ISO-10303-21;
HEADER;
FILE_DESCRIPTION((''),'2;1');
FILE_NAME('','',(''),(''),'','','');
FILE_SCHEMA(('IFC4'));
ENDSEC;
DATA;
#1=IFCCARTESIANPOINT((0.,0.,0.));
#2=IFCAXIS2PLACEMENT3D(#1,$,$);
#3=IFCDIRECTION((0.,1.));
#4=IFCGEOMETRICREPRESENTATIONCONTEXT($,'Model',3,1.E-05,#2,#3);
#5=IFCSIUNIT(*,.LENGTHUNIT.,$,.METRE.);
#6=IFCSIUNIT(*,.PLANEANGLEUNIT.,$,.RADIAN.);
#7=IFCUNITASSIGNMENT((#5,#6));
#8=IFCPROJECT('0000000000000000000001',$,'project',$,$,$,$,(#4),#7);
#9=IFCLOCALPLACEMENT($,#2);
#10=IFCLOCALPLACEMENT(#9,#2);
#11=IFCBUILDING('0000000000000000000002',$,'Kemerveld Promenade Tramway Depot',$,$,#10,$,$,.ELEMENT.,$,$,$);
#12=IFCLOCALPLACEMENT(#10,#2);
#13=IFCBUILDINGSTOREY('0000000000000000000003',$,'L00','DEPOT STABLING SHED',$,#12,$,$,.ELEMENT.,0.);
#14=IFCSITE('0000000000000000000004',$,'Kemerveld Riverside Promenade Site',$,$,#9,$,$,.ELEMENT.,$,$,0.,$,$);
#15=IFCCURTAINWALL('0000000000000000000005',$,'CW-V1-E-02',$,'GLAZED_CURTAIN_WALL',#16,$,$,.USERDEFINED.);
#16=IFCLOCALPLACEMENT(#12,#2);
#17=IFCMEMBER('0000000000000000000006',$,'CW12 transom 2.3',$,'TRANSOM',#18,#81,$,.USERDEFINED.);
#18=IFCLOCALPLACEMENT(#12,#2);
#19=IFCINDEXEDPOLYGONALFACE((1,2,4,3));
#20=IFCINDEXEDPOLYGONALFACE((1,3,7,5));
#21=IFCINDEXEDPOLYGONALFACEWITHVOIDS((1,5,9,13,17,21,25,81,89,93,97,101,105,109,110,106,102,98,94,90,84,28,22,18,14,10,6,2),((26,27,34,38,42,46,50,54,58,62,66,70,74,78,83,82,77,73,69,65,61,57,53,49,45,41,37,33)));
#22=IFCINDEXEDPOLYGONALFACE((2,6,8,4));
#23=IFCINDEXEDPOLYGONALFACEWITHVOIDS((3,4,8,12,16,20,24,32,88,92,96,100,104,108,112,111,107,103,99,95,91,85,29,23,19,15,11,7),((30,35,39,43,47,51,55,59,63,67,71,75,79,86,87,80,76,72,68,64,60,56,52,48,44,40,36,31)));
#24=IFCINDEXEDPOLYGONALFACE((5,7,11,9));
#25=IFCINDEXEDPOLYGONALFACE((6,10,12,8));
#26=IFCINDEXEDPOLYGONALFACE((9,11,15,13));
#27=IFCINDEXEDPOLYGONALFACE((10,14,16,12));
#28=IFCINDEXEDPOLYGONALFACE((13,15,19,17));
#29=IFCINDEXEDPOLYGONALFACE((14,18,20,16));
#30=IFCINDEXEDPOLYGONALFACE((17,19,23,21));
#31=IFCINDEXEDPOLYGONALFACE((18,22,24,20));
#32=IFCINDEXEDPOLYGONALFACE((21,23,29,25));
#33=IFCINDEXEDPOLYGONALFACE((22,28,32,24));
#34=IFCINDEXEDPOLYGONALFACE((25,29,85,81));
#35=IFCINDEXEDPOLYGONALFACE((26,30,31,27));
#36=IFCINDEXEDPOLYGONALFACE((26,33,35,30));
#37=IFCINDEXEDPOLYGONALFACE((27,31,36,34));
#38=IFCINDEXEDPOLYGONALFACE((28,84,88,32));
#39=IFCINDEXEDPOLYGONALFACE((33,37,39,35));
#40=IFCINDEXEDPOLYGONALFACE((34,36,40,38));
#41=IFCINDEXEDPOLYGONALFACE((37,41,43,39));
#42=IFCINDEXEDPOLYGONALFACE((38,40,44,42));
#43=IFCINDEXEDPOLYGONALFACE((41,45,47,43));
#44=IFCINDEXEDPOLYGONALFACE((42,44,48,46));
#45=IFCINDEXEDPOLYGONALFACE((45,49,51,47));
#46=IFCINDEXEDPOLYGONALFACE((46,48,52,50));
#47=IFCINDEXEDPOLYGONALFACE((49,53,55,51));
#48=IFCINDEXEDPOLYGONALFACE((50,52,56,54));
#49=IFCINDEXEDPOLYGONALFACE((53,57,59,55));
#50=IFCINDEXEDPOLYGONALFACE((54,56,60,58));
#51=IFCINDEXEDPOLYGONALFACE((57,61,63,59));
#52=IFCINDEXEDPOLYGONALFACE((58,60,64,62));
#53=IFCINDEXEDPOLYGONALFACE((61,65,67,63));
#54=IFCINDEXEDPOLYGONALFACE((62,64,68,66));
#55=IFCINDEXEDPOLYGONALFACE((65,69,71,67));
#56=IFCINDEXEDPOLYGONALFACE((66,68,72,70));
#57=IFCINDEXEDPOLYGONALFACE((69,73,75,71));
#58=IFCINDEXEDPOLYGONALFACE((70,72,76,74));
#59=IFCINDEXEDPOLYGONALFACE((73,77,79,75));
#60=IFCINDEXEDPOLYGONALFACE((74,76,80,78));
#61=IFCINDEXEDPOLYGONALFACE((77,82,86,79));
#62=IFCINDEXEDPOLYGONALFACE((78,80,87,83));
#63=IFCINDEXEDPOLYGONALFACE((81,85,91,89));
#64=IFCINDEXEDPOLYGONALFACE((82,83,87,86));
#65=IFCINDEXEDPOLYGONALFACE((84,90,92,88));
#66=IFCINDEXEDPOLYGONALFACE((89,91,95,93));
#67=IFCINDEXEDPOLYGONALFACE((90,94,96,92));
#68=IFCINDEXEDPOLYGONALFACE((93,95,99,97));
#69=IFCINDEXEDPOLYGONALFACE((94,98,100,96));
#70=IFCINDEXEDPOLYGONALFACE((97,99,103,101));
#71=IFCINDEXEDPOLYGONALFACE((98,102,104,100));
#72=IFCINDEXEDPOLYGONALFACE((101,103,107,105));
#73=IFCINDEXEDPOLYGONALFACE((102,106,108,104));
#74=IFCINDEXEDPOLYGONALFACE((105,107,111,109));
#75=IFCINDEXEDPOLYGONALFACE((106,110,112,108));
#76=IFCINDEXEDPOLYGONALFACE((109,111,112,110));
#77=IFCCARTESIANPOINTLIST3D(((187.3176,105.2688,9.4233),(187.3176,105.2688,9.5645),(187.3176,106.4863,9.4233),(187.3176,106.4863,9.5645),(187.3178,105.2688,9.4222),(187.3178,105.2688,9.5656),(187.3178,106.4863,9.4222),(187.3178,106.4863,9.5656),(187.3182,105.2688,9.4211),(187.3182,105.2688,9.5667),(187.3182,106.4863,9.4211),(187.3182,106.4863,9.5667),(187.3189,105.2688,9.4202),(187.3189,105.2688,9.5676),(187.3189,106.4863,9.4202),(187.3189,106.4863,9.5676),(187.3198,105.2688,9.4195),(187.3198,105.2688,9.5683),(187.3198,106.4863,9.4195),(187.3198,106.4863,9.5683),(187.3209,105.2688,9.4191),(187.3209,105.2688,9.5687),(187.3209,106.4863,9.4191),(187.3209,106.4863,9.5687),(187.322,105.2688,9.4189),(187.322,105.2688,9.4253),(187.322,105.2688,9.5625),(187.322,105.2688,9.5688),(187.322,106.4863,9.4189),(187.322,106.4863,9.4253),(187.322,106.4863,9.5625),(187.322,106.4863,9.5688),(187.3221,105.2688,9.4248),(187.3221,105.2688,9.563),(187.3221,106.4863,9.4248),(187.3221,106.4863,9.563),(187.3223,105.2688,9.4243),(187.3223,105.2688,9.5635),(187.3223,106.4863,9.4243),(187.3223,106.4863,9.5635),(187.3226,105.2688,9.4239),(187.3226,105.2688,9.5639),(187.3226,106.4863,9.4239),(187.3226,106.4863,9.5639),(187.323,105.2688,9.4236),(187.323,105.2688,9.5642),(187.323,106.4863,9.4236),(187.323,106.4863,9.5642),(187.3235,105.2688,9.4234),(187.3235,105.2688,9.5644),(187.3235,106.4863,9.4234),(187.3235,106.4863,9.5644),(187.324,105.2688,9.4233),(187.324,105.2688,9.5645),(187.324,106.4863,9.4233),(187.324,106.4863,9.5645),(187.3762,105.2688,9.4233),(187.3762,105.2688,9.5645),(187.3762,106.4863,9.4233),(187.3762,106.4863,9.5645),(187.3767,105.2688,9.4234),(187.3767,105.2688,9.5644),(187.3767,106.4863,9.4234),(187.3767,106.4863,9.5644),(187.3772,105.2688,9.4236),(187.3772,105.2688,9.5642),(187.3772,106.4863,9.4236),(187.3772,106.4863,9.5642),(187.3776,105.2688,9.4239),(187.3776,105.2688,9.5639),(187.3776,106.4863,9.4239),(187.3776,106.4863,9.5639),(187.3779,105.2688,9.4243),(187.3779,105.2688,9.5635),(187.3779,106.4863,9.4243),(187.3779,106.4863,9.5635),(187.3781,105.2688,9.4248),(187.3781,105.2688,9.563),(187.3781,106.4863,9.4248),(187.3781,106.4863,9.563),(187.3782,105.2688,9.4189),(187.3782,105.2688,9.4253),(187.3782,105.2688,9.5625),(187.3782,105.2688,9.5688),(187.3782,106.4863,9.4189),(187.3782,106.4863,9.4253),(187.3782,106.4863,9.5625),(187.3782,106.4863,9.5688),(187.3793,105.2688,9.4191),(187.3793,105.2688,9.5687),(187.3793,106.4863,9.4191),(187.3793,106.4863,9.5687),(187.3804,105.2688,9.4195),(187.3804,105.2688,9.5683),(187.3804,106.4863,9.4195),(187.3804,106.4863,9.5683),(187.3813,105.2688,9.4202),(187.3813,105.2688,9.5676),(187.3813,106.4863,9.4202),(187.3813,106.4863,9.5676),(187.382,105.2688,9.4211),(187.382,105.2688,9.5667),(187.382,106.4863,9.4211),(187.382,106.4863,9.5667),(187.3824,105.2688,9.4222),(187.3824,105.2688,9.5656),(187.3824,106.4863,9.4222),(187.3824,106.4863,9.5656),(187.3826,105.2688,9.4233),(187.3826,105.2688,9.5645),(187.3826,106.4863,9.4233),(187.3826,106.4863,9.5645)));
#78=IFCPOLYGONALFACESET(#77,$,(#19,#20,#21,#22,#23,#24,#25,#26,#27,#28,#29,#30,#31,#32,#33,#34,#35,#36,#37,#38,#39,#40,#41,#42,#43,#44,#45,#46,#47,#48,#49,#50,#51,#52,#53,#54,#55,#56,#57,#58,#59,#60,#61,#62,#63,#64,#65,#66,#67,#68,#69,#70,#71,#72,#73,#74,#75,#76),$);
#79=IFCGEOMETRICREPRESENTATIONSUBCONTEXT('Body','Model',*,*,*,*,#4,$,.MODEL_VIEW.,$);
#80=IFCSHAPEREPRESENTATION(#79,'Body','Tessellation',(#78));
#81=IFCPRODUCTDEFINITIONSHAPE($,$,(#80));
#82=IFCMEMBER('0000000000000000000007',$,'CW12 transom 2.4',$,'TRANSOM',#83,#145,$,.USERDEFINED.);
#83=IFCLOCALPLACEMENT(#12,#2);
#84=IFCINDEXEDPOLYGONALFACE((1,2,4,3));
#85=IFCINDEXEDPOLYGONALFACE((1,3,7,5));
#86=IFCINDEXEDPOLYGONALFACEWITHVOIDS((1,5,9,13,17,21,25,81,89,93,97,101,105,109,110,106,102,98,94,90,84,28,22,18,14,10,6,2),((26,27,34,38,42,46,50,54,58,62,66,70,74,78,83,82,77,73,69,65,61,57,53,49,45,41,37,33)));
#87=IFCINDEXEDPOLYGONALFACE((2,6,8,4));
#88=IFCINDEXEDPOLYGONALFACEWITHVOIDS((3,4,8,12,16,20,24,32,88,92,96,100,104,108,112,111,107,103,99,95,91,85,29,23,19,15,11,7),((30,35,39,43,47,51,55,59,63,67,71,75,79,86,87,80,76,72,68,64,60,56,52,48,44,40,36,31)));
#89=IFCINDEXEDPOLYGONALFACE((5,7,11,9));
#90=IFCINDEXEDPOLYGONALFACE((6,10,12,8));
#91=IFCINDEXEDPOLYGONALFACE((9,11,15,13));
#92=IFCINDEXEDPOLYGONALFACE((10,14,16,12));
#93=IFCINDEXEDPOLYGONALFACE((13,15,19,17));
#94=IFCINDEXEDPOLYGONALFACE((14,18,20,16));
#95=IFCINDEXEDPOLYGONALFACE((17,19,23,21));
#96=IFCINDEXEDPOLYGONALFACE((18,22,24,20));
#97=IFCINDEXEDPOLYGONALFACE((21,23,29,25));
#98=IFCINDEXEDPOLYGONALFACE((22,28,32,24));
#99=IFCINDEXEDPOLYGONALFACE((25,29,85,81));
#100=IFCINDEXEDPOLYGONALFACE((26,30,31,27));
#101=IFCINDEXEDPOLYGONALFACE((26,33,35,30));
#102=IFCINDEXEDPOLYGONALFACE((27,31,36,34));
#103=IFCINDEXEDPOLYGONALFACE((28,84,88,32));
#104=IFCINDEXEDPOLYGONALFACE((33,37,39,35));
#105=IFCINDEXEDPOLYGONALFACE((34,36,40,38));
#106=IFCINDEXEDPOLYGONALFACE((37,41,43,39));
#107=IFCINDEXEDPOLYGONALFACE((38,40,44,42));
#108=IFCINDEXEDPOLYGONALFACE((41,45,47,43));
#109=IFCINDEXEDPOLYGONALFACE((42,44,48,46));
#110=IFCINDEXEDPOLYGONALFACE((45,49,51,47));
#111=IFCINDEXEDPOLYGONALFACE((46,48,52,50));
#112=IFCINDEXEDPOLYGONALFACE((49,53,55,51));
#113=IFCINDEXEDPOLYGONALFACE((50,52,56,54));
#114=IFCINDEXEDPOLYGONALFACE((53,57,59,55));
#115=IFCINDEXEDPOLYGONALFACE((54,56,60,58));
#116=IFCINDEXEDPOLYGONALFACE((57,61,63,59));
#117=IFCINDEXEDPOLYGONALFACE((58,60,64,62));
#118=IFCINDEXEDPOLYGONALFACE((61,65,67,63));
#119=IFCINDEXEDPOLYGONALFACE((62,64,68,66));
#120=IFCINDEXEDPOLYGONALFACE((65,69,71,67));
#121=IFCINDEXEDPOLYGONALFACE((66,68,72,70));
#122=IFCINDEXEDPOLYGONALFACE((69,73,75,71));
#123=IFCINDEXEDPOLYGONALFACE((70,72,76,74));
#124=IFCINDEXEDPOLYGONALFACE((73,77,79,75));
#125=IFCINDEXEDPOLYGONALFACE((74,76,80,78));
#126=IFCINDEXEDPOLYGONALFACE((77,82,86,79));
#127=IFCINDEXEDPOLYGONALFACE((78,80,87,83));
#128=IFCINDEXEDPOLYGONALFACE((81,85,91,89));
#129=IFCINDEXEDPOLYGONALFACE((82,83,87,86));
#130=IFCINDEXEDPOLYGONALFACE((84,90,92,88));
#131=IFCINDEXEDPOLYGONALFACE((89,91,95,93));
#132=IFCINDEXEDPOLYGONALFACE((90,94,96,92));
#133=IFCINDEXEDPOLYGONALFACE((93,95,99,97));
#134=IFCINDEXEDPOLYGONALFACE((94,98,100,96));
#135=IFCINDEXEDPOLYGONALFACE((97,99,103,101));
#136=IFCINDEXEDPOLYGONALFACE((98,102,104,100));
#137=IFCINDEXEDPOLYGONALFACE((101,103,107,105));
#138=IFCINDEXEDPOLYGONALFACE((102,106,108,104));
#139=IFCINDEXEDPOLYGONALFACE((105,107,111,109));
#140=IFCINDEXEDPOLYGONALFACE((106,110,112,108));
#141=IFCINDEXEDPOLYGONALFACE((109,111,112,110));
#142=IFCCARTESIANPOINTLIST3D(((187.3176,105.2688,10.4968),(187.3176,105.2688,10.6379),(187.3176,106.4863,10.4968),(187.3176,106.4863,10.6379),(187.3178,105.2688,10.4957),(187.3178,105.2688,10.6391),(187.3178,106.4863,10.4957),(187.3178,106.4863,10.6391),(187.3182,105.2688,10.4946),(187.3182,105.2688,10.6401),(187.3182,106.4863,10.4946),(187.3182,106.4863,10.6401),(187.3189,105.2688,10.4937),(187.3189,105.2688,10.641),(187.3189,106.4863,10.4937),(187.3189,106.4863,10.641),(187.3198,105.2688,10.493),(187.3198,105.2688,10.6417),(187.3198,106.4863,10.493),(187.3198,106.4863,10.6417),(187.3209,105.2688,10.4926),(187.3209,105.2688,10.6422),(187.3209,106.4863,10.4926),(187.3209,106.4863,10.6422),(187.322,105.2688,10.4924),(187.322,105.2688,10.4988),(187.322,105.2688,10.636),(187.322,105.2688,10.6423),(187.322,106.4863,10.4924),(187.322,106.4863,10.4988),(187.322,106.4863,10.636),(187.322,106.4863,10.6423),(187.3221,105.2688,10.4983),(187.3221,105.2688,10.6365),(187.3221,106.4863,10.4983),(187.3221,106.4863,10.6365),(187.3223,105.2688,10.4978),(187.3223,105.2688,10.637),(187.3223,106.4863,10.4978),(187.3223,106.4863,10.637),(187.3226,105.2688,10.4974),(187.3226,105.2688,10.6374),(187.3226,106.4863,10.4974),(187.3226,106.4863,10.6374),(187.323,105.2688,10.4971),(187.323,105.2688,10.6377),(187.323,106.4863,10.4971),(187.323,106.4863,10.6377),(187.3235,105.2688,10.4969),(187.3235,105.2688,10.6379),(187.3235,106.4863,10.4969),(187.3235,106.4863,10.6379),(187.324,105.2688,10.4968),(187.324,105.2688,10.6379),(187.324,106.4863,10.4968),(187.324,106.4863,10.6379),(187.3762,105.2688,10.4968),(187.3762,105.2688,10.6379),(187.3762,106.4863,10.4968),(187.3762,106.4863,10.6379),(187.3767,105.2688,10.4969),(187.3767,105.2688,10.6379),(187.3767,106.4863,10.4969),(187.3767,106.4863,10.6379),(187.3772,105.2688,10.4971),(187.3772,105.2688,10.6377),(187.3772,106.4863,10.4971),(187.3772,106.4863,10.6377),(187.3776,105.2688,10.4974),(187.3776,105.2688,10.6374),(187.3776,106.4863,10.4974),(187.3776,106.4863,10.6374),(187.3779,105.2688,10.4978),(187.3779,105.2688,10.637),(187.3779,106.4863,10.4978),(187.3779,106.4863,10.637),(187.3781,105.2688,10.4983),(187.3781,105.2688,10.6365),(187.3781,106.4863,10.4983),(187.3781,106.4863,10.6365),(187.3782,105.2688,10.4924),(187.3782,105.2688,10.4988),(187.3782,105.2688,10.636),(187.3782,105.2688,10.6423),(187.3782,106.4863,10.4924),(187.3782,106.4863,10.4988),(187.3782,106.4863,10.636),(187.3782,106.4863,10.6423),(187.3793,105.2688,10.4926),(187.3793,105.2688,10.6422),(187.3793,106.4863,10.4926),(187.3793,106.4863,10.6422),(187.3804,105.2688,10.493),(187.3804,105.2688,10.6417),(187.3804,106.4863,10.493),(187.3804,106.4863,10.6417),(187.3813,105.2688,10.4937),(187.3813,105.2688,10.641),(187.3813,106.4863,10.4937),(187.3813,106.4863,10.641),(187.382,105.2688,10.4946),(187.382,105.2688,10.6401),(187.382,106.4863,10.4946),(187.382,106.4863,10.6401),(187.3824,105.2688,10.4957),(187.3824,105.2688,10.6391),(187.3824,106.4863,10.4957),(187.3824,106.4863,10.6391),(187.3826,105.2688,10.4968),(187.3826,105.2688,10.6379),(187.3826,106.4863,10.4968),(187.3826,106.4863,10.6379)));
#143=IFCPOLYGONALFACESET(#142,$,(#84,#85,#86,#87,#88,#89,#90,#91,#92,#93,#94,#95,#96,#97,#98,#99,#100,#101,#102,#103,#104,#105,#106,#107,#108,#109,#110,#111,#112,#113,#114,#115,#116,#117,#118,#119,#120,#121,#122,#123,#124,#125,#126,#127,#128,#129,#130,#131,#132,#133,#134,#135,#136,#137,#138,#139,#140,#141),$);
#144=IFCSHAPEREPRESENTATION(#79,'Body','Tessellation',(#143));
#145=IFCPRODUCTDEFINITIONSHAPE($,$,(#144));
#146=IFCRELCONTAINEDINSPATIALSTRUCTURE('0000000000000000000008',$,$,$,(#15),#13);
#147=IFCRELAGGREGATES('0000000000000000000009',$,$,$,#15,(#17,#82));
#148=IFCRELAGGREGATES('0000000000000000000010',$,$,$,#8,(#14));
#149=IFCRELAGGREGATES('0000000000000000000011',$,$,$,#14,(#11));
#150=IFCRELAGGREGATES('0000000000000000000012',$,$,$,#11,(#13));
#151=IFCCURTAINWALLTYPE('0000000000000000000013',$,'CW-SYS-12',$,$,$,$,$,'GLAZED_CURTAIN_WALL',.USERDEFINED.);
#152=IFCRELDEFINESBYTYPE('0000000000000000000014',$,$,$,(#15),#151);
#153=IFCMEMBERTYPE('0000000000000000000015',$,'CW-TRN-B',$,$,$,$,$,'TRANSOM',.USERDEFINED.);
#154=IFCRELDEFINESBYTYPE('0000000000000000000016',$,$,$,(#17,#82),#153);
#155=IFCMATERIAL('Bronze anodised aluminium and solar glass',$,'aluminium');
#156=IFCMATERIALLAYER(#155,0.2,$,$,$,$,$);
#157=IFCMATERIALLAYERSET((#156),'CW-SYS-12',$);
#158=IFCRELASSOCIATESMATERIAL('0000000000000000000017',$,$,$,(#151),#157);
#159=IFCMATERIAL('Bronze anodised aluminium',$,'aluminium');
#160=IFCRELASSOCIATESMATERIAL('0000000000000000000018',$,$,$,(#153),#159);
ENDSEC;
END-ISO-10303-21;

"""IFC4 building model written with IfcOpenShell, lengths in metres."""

from ifc_helpers import new_model, si_unit, direction, frame, origin, origin_2d, place, context, subcontext, project, spatial, hollow_rectangle, extrude, material, layer, layer_set, material_profile, profile_set, type_object, element, aggregate, save


model = new_model("IFC4")

# Units and contexts
model_context = context("Model", 3, precision=1e-05, world=origin(), true_north=direction((0.0, 1.0)))
body_context = subcontext(model_context, "Body", "Model", "MODEL_VIEW")
ifc_project = project(units=[si_unit("LENGTHUNIT", "METRE"), si_unit("PLANEANGLEUNIT", "RADIAN")], contexts=[model_context])

# Site, building, storey
site_placement = place(None, origin())
site = spatial("IfcSite", under=ifc_project, at=site_placement, Name="Kemerveld Riverside Promenade Site", CompositionType="ELEMENT", RefElevation=0.0)
building_placement = place(site_placement, origin())
building = spatial("IfcBuilding", under=site, at=building_placement, Name="Kemerveld Promenade Tramway Depot", CompositionType="ELEMENT")
storey_placement = place(building_placement, origin())
storey = spatial("IfcBuildingStorey", under=building, at=storey_placement, Name="L00", Description="DEPOT STABLING SHED", CompositionType="ELEMENT", Elevation=0.0)

# Curtain wall, members
ifc_material_1 = material(Name="Bronze anodised aluminium and solar glass", Category="aluminium")
ifc_material_2 = material(Name="Bronze anodised aluminium", Category="aluminium")
ifc_layer_1 = layer(ifc_material_1, 0.2)
ifc_layer_set_1 = layer_set([ifc_layer_1], Name="CW-SYS-12")
curtain_wall_type_1 = type_object("IfcCurtainWallType", Name="CW-SYS-12", ElementType="GLAZED_CURTAIN_WALL", PredefinedType="USERDEFINED", material=ifc_layer_set_1)
curtain_wall_1_placement = place(storey_placement, origin())
curtain_wall_1 = element("IfcCurtainWall", 1, at=curtain_wall_1_placement, inside=storey, type_object=curtain_wall_type_1, Name="CW-V1-E-02", ObjectType="GLAZED_CURTAIN_WALL", PredefinedType="USERDEFINED")
ifc_material_profile_1 = material_profile(ifc_material_2, hollow_rectangle(XDim=0.0649, YDim=0.1499, WallThickness=0.0044, InnerFilletRadius=0.002, OuterFilletRadius=0.0044, at=origin_2d()), Name="CW-TRN-150x65")
ifc_profile_set_1 = profile_set([ifc_material_profile_1], Name="Bronze anodised aluminium")
member_type_1 = type_object("IfcMemberType", Name="CW-TRN-B", ElementType="TRANSOM", PredefinedType="USERDEFINED", material=ifc_profile_set_1)
member_1_placement = place(storey_placement, frame((187.3501, 106.4863, 9.4939), z_axis=(0.0, -1.0, 0.0), x_axis=(1.0, 0.0, 0.0)))
member_1 = element("IfcMember", 2, at=member_1_placement, type_object=member_type_1, Name="CW12 transom 2.3", ObjectType="TRANSOM", PredefinedType="USERDEFINED", context=body_context, shape_type="SweptSolid", body=[
    extrude(hollow_rectangle(XDim=0.0649, YDim=0.1499, WallThickness=0.0044, InnerFilletRadius=0.002, OuterFilletRadius=0.0044, at=origin_2d()), origin(), (0.0, 0.0, 1.0), 1.2175),
])
member_2_placement = place(storey_placement, frame((187.3501, 106.4863, 10.5674), z_axis=(0.0, -1.0, 0.0), x_axis=(1.0, 0.0, 0.0)))
member_2 = element("IfcMember", 3, at=member_2_placement, type_object=member_type_1, Name="CW12 transom 2.4", ObjectType="TRANSOM", PredefinedType="USERDEFINED", context=body_context, shape_type="SweptSolid", body=[
    extrude(hollow_rectangle(XDim=0.0649, YDim=0.1499, WallThickness=0.0044, InnerFilletRadius=0.002, OuterFilletRadius=0.0044, at=origin_2d()), origin(), (0.0, 0.0, 1.0), 1.2175),
])

aggregate(curtain_wall_1, [member_1, member_2])

save(model, "model.ifc")
